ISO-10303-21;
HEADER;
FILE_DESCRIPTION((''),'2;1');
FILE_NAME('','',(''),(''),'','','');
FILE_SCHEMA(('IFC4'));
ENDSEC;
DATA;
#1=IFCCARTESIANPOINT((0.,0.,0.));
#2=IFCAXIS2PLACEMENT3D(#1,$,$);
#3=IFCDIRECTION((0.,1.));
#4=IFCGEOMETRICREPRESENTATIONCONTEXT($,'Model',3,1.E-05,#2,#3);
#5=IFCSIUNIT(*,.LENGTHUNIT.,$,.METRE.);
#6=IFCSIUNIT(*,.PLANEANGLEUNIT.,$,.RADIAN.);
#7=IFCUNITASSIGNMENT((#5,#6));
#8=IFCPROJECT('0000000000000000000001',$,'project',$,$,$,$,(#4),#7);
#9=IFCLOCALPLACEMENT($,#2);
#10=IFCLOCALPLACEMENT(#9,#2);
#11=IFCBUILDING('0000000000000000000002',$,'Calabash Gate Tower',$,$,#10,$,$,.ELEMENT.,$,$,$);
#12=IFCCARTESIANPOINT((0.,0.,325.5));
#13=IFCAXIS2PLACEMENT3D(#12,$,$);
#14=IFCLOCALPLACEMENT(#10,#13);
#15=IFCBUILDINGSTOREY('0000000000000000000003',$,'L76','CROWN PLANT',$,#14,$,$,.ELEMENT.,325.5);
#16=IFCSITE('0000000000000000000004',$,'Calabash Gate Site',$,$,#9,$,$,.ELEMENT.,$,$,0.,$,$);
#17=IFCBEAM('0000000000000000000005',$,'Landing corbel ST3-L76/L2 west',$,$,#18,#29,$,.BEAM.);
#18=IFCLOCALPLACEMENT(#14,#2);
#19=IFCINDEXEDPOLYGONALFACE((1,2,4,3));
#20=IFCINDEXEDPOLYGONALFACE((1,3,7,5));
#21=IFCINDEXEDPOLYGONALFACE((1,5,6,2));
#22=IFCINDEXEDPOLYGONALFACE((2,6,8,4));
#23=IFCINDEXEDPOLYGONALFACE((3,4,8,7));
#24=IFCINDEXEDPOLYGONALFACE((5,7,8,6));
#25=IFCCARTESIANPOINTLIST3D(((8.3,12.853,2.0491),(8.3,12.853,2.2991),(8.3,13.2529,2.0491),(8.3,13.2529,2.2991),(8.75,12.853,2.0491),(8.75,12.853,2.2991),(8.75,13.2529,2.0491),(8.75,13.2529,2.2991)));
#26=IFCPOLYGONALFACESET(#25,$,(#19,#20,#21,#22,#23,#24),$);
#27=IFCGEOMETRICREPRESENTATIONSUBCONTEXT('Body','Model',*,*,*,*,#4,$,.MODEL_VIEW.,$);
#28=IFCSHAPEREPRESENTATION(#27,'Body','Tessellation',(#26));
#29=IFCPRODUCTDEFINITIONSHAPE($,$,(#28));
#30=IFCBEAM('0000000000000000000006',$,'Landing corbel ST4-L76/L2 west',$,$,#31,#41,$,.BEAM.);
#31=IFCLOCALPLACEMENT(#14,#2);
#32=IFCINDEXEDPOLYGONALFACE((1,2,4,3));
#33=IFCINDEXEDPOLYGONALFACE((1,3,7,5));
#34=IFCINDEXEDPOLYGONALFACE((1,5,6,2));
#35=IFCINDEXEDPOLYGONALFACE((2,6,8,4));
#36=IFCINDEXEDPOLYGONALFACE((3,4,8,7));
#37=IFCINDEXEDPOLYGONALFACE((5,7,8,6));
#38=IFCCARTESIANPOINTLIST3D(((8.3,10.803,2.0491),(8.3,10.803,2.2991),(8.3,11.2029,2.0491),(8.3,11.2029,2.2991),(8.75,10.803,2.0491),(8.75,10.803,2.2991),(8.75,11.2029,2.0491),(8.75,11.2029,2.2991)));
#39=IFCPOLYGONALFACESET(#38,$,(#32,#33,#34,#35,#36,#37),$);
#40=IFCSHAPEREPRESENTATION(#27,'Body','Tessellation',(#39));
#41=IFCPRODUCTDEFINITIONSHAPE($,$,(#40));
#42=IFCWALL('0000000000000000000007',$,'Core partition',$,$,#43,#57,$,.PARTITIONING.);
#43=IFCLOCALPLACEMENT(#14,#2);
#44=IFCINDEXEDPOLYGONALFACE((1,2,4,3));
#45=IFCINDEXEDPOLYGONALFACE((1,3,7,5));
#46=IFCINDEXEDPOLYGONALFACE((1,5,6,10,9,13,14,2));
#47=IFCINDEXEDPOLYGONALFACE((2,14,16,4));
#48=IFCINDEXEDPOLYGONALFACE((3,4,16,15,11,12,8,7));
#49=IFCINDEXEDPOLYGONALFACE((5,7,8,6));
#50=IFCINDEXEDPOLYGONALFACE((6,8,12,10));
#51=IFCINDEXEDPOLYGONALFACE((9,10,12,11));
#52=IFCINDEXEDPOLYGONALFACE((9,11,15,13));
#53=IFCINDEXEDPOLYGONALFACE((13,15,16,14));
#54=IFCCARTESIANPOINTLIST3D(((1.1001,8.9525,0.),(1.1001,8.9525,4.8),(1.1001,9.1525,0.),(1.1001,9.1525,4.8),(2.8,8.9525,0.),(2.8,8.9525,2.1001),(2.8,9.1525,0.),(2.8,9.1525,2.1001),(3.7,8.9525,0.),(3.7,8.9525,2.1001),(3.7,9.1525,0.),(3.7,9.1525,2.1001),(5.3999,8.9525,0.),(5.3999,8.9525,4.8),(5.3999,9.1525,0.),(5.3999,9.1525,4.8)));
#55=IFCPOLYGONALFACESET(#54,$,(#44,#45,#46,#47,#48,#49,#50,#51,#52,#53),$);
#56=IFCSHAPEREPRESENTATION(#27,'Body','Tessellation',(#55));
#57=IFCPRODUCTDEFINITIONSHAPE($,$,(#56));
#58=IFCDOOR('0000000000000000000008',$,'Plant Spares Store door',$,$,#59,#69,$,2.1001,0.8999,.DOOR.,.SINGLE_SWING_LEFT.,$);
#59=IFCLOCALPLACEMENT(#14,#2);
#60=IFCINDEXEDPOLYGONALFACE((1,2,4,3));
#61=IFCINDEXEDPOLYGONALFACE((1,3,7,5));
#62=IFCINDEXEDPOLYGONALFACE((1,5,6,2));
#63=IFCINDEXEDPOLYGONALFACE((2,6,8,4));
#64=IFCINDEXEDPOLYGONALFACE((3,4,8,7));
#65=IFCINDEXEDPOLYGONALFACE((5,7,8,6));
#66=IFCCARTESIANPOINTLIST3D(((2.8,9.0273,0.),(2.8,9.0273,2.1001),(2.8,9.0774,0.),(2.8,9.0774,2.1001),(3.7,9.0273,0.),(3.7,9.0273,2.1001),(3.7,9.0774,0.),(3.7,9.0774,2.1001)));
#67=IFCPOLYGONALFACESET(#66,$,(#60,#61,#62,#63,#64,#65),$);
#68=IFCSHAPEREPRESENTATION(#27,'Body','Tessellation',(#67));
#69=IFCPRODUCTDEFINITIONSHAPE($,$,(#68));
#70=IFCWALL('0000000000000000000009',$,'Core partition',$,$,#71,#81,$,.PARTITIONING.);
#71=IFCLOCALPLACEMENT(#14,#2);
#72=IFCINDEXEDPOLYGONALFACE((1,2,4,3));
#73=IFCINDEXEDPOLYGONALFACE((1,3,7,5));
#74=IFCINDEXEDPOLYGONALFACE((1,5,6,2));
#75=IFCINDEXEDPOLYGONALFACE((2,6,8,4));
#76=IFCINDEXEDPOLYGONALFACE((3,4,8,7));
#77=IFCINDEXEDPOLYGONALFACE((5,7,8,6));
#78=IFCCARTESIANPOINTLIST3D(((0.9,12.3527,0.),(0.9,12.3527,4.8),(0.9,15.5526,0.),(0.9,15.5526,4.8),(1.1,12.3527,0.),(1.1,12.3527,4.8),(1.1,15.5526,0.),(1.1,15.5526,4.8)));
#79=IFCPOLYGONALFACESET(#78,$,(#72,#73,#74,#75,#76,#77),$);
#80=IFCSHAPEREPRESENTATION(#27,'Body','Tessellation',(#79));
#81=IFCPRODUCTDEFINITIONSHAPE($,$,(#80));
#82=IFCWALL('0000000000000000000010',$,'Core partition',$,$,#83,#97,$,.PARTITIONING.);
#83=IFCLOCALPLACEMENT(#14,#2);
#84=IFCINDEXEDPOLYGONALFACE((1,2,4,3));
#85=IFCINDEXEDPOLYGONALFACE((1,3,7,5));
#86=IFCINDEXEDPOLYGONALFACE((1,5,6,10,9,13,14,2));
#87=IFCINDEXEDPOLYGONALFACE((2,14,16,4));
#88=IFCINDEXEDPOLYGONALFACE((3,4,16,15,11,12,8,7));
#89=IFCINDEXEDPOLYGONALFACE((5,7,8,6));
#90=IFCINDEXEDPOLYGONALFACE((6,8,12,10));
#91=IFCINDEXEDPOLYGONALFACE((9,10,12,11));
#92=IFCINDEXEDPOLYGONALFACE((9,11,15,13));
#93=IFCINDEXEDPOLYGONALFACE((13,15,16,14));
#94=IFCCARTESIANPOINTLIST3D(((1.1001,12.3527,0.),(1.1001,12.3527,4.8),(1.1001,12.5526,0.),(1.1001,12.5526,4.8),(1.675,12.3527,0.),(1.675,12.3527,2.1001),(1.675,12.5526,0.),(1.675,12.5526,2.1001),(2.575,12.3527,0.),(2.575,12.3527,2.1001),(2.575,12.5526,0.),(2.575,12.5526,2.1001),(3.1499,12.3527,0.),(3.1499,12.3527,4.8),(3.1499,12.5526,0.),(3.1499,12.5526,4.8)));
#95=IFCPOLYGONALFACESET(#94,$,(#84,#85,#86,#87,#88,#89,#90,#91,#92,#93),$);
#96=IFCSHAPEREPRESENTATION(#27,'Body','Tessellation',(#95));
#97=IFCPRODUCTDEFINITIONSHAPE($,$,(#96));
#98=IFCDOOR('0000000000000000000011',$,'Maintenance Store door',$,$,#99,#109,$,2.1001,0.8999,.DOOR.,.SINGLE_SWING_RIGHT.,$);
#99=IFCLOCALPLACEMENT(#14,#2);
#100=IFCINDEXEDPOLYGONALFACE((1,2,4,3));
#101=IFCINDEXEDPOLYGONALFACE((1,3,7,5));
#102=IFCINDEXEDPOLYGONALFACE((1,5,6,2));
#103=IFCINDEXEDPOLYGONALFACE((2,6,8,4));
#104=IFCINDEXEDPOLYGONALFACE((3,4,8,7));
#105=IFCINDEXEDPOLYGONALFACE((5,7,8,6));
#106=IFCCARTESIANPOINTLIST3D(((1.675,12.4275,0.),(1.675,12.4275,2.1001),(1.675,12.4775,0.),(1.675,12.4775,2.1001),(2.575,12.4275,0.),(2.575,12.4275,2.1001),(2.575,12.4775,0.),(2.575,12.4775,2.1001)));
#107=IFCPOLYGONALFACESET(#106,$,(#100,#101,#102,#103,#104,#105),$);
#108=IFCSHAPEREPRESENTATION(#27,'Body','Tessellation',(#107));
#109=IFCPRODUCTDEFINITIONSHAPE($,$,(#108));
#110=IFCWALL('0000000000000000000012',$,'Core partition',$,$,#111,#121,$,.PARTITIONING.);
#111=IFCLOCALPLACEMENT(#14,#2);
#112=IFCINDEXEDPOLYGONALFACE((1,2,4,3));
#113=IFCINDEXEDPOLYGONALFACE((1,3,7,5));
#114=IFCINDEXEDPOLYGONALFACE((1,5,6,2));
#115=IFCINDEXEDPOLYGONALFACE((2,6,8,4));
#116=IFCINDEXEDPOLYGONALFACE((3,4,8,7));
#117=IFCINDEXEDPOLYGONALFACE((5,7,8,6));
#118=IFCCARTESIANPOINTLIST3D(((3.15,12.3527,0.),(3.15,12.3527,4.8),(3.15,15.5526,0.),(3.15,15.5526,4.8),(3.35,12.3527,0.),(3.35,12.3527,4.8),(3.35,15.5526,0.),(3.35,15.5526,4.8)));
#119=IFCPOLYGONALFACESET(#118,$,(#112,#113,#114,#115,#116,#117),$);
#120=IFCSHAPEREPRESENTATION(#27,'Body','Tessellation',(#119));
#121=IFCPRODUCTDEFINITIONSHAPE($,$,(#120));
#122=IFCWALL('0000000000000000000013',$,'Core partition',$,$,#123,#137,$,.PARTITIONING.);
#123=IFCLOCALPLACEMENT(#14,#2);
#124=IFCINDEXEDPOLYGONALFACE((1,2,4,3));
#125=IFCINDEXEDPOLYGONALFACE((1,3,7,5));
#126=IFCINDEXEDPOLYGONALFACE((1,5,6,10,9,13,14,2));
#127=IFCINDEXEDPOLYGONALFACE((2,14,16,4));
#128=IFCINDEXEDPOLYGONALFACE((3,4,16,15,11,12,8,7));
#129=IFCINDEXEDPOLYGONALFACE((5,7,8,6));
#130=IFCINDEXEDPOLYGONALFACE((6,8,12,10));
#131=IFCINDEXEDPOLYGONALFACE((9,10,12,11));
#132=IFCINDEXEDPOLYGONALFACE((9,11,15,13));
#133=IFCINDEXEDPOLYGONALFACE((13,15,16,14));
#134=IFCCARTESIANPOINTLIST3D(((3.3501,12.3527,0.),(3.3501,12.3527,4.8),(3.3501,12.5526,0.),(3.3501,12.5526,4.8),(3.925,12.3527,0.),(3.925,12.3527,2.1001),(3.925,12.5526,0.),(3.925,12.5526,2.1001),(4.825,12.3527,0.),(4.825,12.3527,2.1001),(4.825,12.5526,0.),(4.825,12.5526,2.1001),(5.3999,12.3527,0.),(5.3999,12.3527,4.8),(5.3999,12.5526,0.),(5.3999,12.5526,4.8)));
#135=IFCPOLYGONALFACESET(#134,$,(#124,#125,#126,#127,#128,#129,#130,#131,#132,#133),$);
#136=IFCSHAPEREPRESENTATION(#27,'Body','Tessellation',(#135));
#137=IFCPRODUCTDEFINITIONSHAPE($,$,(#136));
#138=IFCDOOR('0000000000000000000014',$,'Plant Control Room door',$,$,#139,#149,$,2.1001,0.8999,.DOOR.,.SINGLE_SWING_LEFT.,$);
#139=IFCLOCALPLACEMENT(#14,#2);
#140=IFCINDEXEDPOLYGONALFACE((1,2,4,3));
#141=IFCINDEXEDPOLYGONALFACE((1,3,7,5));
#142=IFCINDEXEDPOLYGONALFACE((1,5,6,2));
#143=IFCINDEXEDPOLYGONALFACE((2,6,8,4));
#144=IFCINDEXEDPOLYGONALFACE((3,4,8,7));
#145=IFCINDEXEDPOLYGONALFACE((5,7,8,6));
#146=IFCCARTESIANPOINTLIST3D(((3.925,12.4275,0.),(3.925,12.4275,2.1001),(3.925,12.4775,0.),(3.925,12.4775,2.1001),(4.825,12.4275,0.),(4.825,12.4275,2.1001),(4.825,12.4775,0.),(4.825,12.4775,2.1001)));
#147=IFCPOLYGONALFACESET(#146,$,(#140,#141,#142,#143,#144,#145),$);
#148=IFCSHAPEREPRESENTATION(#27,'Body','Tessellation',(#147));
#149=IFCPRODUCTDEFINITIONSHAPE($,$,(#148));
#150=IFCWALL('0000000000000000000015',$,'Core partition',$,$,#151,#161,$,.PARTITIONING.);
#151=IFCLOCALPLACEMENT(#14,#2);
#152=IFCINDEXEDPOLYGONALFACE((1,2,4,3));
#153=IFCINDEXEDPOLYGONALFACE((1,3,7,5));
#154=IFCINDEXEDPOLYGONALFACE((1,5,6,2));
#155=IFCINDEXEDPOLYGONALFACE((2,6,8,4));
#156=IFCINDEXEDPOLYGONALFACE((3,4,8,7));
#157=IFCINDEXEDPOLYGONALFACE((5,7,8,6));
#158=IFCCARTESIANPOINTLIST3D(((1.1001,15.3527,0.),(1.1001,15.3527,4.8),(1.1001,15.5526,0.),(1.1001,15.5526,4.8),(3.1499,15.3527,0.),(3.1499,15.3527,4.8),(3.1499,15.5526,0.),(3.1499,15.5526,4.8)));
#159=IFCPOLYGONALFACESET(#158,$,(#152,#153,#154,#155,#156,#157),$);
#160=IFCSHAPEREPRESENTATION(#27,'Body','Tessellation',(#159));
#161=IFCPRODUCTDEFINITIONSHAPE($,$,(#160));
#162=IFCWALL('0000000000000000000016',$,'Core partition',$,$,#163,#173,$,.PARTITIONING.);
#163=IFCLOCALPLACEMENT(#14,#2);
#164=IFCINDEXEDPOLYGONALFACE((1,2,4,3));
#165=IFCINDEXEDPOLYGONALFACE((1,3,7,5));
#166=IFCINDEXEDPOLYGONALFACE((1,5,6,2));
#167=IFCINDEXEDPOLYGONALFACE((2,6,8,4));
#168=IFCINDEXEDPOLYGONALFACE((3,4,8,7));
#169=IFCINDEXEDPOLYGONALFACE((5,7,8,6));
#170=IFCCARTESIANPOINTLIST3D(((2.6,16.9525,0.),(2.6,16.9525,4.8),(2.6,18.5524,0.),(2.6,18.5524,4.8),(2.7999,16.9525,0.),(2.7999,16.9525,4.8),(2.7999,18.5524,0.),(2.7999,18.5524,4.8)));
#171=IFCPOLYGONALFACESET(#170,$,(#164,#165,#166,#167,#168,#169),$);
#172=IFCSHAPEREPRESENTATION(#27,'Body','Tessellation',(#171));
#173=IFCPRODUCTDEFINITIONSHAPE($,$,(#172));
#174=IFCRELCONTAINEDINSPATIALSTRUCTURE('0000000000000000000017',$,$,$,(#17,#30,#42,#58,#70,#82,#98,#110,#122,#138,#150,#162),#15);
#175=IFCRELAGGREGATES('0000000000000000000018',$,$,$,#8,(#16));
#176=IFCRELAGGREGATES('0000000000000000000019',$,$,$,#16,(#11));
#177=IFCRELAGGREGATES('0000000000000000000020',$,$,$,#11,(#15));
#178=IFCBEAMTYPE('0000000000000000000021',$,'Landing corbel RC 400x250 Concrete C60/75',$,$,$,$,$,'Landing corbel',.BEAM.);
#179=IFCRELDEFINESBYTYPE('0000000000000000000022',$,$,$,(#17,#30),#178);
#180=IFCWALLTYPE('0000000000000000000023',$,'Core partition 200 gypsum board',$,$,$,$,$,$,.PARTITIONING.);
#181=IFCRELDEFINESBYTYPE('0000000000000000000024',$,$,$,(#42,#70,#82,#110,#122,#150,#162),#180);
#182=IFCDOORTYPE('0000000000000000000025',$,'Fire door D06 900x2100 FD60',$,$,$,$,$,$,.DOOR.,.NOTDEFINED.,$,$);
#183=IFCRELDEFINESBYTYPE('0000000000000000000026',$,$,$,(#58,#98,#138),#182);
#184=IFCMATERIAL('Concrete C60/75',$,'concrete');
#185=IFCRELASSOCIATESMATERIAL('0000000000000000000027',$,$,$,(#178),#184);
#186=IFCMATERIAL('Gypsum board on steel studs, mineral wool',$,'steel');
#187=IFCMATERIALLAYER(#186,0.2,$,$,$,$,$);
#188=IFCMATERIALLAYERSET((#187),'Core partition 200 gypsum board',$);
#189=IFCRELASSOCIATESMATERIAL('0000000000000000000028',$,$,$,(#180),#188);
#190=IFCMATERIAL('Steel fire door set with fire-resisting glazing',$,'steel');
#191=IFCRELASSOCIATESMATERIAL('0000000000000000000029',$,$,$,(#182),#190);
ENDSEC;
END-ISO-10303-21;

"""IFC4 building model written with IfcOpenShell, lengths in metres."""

from ifc_helpers import new_model, si_unit, direction, frame, frame_2d, origin, origin_2d, place, context, subcontext, project, spatial, rectangle, extrude, material, layer, layer_set, material_profile, profile_set, type_object, element, fill, save


model = new_model("IFC4")

# Units and contexts
model_context = context("Model", 3, precision=1e-05, world=origin(), true_north=direction((0.0, 1.0)))
body_context = subcontext(model_context, "Body", "Model", "MODEL_VIEW")
ifc_project = project(units=[si_unit("LENGTHUNIT", "METRE"), si_unit("PLANEANGLEUNIT", "RADIAN")], contexts=[model_context])

# Site, building, storey
site_placement = place(None, origin())
site = spatial("IfcSite", under=ifc_project, at=site_placement, Name="Calabash Gate Site", CompositionType="ELEMENT", RefElevation=0.0)
building_placement = place(site_placement, origin())
building = spatial("IfcBuilding", under=site, at=building_placement, Name="Calabash Gate Tower", CompositionType="ELEMENT")
storey_placement = place(building_placement, frame((0.0, 0.0, 325.5)))
storey = spatial("IfcBuildingStorey", under=building, at=storey_placement, Name="L76", Description="CROWN PLANT", CompositionType="ELEMENT", Elevation=325.5)

# Beams
ifc_material_1 = material(Name="Concrete C60/75", Category="concrete")
ifc_material_profile = material_profile(ifc_material_1, rectangle(XDim=0.3999, YDim=0.25, at=origin_2d()))
ifc_profile_set = profile_set([ifc_material_profile], Name="Concrete C60/75")
beam_type = type_object("IfcBeamType", Name="Landing corbel RC 400x250 Concrete C60/75", ElementType="Landing corbel", PredefinedType="BEAM", material=ifc_profile_set)
for number, where, z_axis, x_axis, name in (
    (1, (8.3, 13.053, 2.1741), (1.0, 0.0, 0.0), (0.0, 1.0, 0.0), "Landing corbel ST3-L76/L2 west"),
    (2, (8.3, 11.0029, 2.1741), (1.0, 0.0, 0.0), (0.0, 1.0, 0.0), "Landing corbel ST4-L76/L2 west"),
):
    element("IfcBeam", number, at=place(storey_placement, frame(where, z_axis=z_axis, x_axis=x_axis)), inside=storey, type_object=beam_type, Name=name, PredefinedType="BEAM", context=body_context, shape_type="SweptSolid", body=[
        extrude(rectangle(XDim=0.3999, YDim=0.25, at=origin_2d()), origin(), (0.0, 0.0, 1.0), 0.45),
    ])

# Wall, opening, door
ifc_material_2 = material(Name="Gypsum board on steel studs, mineral wool", Category="steel")
ifc_layer_1 = layer(ifc_material_2, 0.2)
ifc_layer_set_1 = layer_set([ifc_layer_1], Name="Core partition 200 gypsum board")
wall_type_1 = type_object("IfcWallType", Name="Core partition 200 gypsum board", PredefinedType="PARTITIONING", material=ifc_layer_set_1)
wall_1_placement = place(storey_placement, frame((1.1001, 9.0525, 0.0), z_axis=(0.0, 0.0, 1.0), x_axis=(1.0, 0.0, 0.0)))
wall_1 = element("IfcWall", 3, at=wall_1_placement, inside=storey, type_object=wall_type_1, Name="Core partition", PredefinedType="PARTITIONING", context=body_context, shape_type="SweptSolid", body=[
    extrude(rectangle(XDim=4.2998, YDim=0.2, at=frame_2d((2.1499, 0.0))), origin(), (0.0, 0.0, 1.0), 4.8),
])
opening_1_placement = place(wall_1_placement, frame((1.7, 0.0, 0.0)))
opening_1 = element("IfcOpeningElement", 4, at=opening_1_placement, cuts=wall_1, PredefinedType="OPENING", context=body_context, shape_type="SweptSolid", body=[
    extrude(rectangle(XDim=0.8999, YDim=2.1001, at=frame_2d((0.45, 1.05))), frame((0.0, 0.1099, 0.0), z_axis=(0.0, -1.0, 0.0), x_axis=(1.0, 0.0, 0.0)), (0.0, 0.0, 1.0), 0.22),
])
ifc_material_3 = material(Name="Steel fire door set with fire-resisting glazing", Category="steel")
door_type_1 = type_object("IfcDoorType", Name="Fire door D06 900x2100 FD60", OperationType="NOTDEFINED", PredefinedType="DOOR", material=ifc_material_3)
door_1_placement = place(opening_1_placement, origin())
door_1 = element("IfcDoor", 5, at=door_1_placement, inside=storey, type_object=door_type_1, Name="Plant Spares Store door", OperationType="SINGLE_SWING_LEFT", OverallHeight=2.1001, OverallWidth=0.8999, PredefinedType="DOOR", context=body_context, shape_type="SweptSolid", body=[
    extrude(rectangle(XDim=0.8999, YDim=2.1001, at=frame_2d((0.45, 1.05))), frame((0.0, 0.0249, 0.0), z_axis=(0.0, -1.0, 0.0), x_axis=(1.0, 0.0, 0.0)), (0.0, 0.0, 1.0), 0.05),
])
fill(opening_1, door_1)

# Wall
wall_2_placement = place(storey_placement, frame((1.0, 12.3525, 0.0), z_axis=(0.0, 0.0, 1.0), x_axis=(0.0, 1.0, 0.0)))
element("IfcWall", 6, at=wall_2_placement, inside=storey, type_object=wall_type_1, Name="Core partition", PredefinedType="PARTITIONING", context=body_context, shape_type="SweptSolid", body=[
    extrude(rectangle(XDim=3.2, YDim=0.2, at=frame_2d((1.6001, 0.0))), origin(), (0.0, 0.0, 1.0), 4.8),
])

# Wall, opening, door
wall_3_placement = place(storey_placement, frame((1.1001, 12.4526, 0.0), z_axis=(0.0, 0.0, 1.0), x_axis=(1.0, 0.0, 0.0)))
wall_3 = element("IfcWall", 7, at=wall_3_placement, inside=storey, type_object=wall_type_1, Name="Core partition", PredefinedType="PARTITIONING", context=body_context, shape_type="SweptSolid", body=[
    extrude(rectangle(XDim=2.0498, YDim=0.2, at=frame_2d((1.0249, 0.0))), origin(), (0.0, 0.0, 1.0), 4.8),
])
opening_2_placement = place(wall_3_placement, frame((0.575, 0.0, 0.0)))
opening_2 = element("IfcOpeningElement", 8, at=opening_2_placement, cuts=wall_3, PredefinedType="OPENING", context=body_context, shape_type="SweptSolid", body=[
    extrude(rectangle(XDim=0.8999, YDim=2.1001, at=frame_2d((0.45, 1.05))), frame((0.0, 0.1099, 0.0), z_axis=(0.0, -1.0, 0.0), x_axis=(1.0, 0.0, 0.0)), (0.0, 0.0, 1.0), 0.22),
])
door_2_placement = place(opening_2_placement, origin())
door_2 = element("IfcDoor", 9, at=door_2_placement, inside=storey, type_object=door_type_1, Name="Maintenance Store door", OperationType="SINGLE_SWING_RIGHT", OverallHeight=2.1001, OverallWidth=0.8999, PredefinedType="DOOR", context=body_context, shape_type="SweptSolid", body=[
    extrude(rectangle(XDim=0.8999, YDim=2.1001, at=frame_2d((0.45, 1.05))), frame((0.0, 0.0249, 0.0), z_axis=(0.0, -1.0, 0.0), x_axis=(1.0, 0.0, 0.0)), (0.0, 0.0, 1.0), 0.05),
])
fill(opening_2, door_2)

# Wall
wall_4_placement = place(storey_placement, frame((3.25, 12.3525, 0.0), z_axis=(0.0, 0.0, 1.0), x_axis=(0.0, 1.0, 0.0)))
element("IfcWall", 10, at=wall_4_placement, inside=storey, type_object=wall_type_1, Name="Core partition", PredefinedType="PARTITIONING", context=body_context, shape_type="SweptSolid", body=[
    extrude(rectangle(XDim=3.2, YDim=0.2, at=frame_2d((1.6001, 0.0))), origin(), (0.0, 0.0, 1.0), 4.8),
])

# Wall, opening, door
wall_5_placement = place(storey_placement, frame((3.3501, 12.4526, 0.0), z_axis=(0.0, 0.0, 1.0), x_axis=(1.0, 0.0, 0.0)))
wall_5 = element("IfcWall", 11, at=wall_5_placement, inside=storey, type_object=wall_type_1, Name="Core partition", PredefinedType="PARTITIONING", context=body_context, shape_type="SweptSolid", body=[
    extrude(rectangle(XDim=2.0498, YDim=0.2, at=frame_2d((1.0249, 0.0))), origin(), (0.0, 0.0, 1.0), 4.8),
])
opening_3_placement = place(wall_5_placement, frame((0.575, 0.0, 0.0)))
opening_3 = element("IfcOpeningElement", 12, at=opening_3_placement, cuts=wall_5, PredefinedType="OPENING", context=body_context, shape_type="SweptSolid", body=[
    extrude(rectangle(XDim=0.8999, YDim=2.1001, at=frame_2d((0.45, 1.05))), frame((0.0, 0.1099, 0.0), z_axis=(0.0, -1.0, 0.0), x_axis=(1.0, 0.0, 0.0)), (0.0, 0.0, 1.0), 0.22),
])
door_3_placement = place(opening_3_placement, origin())
door_3 = element("IfcDoor", 13, at=door_3_placement, inside=storey, type_object=door_type_1, Name="Plant Control Room door", OperationType="SINGLE_SWING_LEFT", OverallHeight=2.1001, OverallWidth=0.8999, PredefinedType="DOOR", context=body_context, shape_type="SweptSolid", body=[
    extrude(rectangle(XDim=0.8999, YDim=2.1001, at=frame_2d((0.45, 1.05))), frame((0.0, 0.0249, 0.0), z_axis=(0.0, -1.0, 0.0), x_axis=(1.0, 0.0, 0.0)), (0.0, 0.0, 1.0), 0.05),
])
fill(opening_3, door_3)

# Walls
wall_6_placement = place(storey_placement, frame((1.1001, 15.4526, 0.0), z_axis=(0.0, 0.0, 1.0), x_axis=(1.0, 0.0, 0.0)))
element("IfcWall", 14, at=wall_6_placement, inside=storey, type_object=wall_type_1, Name="Core partition", PredefinedType="PARTITIONING", context=body_context, shape_type="SweptSolid", body=[
    extrude(rectangle(XDim=2.0498, YDim=0.2, at=frame_2d((1.0249, 0.0))), origin(), (0.0, 0.0, 1.0), 4.8),
])
wall_7_placement = place(storey_placement, frame((2.7, 16.9526, 0.0), z_axis=(0.0, 0.0, 1.0), x_axis=(0.0, 1.0, 0.0)))
element("IfcWall", 15, at=wall_7_placement, inside=storey, type_object=wall_type_1, Name="Core partition", PredefinedType="PARTITIONING", context=body_context, shape_type="SweptSolid", body=[
    extrude(rectangle(XDim=1.5999, YDim=0.2, at=frame_2d((0.7998, 0.0))), origin(), (0.0, 0.0, 1.0), 4.8),
])

save(model, "model.ifc")
